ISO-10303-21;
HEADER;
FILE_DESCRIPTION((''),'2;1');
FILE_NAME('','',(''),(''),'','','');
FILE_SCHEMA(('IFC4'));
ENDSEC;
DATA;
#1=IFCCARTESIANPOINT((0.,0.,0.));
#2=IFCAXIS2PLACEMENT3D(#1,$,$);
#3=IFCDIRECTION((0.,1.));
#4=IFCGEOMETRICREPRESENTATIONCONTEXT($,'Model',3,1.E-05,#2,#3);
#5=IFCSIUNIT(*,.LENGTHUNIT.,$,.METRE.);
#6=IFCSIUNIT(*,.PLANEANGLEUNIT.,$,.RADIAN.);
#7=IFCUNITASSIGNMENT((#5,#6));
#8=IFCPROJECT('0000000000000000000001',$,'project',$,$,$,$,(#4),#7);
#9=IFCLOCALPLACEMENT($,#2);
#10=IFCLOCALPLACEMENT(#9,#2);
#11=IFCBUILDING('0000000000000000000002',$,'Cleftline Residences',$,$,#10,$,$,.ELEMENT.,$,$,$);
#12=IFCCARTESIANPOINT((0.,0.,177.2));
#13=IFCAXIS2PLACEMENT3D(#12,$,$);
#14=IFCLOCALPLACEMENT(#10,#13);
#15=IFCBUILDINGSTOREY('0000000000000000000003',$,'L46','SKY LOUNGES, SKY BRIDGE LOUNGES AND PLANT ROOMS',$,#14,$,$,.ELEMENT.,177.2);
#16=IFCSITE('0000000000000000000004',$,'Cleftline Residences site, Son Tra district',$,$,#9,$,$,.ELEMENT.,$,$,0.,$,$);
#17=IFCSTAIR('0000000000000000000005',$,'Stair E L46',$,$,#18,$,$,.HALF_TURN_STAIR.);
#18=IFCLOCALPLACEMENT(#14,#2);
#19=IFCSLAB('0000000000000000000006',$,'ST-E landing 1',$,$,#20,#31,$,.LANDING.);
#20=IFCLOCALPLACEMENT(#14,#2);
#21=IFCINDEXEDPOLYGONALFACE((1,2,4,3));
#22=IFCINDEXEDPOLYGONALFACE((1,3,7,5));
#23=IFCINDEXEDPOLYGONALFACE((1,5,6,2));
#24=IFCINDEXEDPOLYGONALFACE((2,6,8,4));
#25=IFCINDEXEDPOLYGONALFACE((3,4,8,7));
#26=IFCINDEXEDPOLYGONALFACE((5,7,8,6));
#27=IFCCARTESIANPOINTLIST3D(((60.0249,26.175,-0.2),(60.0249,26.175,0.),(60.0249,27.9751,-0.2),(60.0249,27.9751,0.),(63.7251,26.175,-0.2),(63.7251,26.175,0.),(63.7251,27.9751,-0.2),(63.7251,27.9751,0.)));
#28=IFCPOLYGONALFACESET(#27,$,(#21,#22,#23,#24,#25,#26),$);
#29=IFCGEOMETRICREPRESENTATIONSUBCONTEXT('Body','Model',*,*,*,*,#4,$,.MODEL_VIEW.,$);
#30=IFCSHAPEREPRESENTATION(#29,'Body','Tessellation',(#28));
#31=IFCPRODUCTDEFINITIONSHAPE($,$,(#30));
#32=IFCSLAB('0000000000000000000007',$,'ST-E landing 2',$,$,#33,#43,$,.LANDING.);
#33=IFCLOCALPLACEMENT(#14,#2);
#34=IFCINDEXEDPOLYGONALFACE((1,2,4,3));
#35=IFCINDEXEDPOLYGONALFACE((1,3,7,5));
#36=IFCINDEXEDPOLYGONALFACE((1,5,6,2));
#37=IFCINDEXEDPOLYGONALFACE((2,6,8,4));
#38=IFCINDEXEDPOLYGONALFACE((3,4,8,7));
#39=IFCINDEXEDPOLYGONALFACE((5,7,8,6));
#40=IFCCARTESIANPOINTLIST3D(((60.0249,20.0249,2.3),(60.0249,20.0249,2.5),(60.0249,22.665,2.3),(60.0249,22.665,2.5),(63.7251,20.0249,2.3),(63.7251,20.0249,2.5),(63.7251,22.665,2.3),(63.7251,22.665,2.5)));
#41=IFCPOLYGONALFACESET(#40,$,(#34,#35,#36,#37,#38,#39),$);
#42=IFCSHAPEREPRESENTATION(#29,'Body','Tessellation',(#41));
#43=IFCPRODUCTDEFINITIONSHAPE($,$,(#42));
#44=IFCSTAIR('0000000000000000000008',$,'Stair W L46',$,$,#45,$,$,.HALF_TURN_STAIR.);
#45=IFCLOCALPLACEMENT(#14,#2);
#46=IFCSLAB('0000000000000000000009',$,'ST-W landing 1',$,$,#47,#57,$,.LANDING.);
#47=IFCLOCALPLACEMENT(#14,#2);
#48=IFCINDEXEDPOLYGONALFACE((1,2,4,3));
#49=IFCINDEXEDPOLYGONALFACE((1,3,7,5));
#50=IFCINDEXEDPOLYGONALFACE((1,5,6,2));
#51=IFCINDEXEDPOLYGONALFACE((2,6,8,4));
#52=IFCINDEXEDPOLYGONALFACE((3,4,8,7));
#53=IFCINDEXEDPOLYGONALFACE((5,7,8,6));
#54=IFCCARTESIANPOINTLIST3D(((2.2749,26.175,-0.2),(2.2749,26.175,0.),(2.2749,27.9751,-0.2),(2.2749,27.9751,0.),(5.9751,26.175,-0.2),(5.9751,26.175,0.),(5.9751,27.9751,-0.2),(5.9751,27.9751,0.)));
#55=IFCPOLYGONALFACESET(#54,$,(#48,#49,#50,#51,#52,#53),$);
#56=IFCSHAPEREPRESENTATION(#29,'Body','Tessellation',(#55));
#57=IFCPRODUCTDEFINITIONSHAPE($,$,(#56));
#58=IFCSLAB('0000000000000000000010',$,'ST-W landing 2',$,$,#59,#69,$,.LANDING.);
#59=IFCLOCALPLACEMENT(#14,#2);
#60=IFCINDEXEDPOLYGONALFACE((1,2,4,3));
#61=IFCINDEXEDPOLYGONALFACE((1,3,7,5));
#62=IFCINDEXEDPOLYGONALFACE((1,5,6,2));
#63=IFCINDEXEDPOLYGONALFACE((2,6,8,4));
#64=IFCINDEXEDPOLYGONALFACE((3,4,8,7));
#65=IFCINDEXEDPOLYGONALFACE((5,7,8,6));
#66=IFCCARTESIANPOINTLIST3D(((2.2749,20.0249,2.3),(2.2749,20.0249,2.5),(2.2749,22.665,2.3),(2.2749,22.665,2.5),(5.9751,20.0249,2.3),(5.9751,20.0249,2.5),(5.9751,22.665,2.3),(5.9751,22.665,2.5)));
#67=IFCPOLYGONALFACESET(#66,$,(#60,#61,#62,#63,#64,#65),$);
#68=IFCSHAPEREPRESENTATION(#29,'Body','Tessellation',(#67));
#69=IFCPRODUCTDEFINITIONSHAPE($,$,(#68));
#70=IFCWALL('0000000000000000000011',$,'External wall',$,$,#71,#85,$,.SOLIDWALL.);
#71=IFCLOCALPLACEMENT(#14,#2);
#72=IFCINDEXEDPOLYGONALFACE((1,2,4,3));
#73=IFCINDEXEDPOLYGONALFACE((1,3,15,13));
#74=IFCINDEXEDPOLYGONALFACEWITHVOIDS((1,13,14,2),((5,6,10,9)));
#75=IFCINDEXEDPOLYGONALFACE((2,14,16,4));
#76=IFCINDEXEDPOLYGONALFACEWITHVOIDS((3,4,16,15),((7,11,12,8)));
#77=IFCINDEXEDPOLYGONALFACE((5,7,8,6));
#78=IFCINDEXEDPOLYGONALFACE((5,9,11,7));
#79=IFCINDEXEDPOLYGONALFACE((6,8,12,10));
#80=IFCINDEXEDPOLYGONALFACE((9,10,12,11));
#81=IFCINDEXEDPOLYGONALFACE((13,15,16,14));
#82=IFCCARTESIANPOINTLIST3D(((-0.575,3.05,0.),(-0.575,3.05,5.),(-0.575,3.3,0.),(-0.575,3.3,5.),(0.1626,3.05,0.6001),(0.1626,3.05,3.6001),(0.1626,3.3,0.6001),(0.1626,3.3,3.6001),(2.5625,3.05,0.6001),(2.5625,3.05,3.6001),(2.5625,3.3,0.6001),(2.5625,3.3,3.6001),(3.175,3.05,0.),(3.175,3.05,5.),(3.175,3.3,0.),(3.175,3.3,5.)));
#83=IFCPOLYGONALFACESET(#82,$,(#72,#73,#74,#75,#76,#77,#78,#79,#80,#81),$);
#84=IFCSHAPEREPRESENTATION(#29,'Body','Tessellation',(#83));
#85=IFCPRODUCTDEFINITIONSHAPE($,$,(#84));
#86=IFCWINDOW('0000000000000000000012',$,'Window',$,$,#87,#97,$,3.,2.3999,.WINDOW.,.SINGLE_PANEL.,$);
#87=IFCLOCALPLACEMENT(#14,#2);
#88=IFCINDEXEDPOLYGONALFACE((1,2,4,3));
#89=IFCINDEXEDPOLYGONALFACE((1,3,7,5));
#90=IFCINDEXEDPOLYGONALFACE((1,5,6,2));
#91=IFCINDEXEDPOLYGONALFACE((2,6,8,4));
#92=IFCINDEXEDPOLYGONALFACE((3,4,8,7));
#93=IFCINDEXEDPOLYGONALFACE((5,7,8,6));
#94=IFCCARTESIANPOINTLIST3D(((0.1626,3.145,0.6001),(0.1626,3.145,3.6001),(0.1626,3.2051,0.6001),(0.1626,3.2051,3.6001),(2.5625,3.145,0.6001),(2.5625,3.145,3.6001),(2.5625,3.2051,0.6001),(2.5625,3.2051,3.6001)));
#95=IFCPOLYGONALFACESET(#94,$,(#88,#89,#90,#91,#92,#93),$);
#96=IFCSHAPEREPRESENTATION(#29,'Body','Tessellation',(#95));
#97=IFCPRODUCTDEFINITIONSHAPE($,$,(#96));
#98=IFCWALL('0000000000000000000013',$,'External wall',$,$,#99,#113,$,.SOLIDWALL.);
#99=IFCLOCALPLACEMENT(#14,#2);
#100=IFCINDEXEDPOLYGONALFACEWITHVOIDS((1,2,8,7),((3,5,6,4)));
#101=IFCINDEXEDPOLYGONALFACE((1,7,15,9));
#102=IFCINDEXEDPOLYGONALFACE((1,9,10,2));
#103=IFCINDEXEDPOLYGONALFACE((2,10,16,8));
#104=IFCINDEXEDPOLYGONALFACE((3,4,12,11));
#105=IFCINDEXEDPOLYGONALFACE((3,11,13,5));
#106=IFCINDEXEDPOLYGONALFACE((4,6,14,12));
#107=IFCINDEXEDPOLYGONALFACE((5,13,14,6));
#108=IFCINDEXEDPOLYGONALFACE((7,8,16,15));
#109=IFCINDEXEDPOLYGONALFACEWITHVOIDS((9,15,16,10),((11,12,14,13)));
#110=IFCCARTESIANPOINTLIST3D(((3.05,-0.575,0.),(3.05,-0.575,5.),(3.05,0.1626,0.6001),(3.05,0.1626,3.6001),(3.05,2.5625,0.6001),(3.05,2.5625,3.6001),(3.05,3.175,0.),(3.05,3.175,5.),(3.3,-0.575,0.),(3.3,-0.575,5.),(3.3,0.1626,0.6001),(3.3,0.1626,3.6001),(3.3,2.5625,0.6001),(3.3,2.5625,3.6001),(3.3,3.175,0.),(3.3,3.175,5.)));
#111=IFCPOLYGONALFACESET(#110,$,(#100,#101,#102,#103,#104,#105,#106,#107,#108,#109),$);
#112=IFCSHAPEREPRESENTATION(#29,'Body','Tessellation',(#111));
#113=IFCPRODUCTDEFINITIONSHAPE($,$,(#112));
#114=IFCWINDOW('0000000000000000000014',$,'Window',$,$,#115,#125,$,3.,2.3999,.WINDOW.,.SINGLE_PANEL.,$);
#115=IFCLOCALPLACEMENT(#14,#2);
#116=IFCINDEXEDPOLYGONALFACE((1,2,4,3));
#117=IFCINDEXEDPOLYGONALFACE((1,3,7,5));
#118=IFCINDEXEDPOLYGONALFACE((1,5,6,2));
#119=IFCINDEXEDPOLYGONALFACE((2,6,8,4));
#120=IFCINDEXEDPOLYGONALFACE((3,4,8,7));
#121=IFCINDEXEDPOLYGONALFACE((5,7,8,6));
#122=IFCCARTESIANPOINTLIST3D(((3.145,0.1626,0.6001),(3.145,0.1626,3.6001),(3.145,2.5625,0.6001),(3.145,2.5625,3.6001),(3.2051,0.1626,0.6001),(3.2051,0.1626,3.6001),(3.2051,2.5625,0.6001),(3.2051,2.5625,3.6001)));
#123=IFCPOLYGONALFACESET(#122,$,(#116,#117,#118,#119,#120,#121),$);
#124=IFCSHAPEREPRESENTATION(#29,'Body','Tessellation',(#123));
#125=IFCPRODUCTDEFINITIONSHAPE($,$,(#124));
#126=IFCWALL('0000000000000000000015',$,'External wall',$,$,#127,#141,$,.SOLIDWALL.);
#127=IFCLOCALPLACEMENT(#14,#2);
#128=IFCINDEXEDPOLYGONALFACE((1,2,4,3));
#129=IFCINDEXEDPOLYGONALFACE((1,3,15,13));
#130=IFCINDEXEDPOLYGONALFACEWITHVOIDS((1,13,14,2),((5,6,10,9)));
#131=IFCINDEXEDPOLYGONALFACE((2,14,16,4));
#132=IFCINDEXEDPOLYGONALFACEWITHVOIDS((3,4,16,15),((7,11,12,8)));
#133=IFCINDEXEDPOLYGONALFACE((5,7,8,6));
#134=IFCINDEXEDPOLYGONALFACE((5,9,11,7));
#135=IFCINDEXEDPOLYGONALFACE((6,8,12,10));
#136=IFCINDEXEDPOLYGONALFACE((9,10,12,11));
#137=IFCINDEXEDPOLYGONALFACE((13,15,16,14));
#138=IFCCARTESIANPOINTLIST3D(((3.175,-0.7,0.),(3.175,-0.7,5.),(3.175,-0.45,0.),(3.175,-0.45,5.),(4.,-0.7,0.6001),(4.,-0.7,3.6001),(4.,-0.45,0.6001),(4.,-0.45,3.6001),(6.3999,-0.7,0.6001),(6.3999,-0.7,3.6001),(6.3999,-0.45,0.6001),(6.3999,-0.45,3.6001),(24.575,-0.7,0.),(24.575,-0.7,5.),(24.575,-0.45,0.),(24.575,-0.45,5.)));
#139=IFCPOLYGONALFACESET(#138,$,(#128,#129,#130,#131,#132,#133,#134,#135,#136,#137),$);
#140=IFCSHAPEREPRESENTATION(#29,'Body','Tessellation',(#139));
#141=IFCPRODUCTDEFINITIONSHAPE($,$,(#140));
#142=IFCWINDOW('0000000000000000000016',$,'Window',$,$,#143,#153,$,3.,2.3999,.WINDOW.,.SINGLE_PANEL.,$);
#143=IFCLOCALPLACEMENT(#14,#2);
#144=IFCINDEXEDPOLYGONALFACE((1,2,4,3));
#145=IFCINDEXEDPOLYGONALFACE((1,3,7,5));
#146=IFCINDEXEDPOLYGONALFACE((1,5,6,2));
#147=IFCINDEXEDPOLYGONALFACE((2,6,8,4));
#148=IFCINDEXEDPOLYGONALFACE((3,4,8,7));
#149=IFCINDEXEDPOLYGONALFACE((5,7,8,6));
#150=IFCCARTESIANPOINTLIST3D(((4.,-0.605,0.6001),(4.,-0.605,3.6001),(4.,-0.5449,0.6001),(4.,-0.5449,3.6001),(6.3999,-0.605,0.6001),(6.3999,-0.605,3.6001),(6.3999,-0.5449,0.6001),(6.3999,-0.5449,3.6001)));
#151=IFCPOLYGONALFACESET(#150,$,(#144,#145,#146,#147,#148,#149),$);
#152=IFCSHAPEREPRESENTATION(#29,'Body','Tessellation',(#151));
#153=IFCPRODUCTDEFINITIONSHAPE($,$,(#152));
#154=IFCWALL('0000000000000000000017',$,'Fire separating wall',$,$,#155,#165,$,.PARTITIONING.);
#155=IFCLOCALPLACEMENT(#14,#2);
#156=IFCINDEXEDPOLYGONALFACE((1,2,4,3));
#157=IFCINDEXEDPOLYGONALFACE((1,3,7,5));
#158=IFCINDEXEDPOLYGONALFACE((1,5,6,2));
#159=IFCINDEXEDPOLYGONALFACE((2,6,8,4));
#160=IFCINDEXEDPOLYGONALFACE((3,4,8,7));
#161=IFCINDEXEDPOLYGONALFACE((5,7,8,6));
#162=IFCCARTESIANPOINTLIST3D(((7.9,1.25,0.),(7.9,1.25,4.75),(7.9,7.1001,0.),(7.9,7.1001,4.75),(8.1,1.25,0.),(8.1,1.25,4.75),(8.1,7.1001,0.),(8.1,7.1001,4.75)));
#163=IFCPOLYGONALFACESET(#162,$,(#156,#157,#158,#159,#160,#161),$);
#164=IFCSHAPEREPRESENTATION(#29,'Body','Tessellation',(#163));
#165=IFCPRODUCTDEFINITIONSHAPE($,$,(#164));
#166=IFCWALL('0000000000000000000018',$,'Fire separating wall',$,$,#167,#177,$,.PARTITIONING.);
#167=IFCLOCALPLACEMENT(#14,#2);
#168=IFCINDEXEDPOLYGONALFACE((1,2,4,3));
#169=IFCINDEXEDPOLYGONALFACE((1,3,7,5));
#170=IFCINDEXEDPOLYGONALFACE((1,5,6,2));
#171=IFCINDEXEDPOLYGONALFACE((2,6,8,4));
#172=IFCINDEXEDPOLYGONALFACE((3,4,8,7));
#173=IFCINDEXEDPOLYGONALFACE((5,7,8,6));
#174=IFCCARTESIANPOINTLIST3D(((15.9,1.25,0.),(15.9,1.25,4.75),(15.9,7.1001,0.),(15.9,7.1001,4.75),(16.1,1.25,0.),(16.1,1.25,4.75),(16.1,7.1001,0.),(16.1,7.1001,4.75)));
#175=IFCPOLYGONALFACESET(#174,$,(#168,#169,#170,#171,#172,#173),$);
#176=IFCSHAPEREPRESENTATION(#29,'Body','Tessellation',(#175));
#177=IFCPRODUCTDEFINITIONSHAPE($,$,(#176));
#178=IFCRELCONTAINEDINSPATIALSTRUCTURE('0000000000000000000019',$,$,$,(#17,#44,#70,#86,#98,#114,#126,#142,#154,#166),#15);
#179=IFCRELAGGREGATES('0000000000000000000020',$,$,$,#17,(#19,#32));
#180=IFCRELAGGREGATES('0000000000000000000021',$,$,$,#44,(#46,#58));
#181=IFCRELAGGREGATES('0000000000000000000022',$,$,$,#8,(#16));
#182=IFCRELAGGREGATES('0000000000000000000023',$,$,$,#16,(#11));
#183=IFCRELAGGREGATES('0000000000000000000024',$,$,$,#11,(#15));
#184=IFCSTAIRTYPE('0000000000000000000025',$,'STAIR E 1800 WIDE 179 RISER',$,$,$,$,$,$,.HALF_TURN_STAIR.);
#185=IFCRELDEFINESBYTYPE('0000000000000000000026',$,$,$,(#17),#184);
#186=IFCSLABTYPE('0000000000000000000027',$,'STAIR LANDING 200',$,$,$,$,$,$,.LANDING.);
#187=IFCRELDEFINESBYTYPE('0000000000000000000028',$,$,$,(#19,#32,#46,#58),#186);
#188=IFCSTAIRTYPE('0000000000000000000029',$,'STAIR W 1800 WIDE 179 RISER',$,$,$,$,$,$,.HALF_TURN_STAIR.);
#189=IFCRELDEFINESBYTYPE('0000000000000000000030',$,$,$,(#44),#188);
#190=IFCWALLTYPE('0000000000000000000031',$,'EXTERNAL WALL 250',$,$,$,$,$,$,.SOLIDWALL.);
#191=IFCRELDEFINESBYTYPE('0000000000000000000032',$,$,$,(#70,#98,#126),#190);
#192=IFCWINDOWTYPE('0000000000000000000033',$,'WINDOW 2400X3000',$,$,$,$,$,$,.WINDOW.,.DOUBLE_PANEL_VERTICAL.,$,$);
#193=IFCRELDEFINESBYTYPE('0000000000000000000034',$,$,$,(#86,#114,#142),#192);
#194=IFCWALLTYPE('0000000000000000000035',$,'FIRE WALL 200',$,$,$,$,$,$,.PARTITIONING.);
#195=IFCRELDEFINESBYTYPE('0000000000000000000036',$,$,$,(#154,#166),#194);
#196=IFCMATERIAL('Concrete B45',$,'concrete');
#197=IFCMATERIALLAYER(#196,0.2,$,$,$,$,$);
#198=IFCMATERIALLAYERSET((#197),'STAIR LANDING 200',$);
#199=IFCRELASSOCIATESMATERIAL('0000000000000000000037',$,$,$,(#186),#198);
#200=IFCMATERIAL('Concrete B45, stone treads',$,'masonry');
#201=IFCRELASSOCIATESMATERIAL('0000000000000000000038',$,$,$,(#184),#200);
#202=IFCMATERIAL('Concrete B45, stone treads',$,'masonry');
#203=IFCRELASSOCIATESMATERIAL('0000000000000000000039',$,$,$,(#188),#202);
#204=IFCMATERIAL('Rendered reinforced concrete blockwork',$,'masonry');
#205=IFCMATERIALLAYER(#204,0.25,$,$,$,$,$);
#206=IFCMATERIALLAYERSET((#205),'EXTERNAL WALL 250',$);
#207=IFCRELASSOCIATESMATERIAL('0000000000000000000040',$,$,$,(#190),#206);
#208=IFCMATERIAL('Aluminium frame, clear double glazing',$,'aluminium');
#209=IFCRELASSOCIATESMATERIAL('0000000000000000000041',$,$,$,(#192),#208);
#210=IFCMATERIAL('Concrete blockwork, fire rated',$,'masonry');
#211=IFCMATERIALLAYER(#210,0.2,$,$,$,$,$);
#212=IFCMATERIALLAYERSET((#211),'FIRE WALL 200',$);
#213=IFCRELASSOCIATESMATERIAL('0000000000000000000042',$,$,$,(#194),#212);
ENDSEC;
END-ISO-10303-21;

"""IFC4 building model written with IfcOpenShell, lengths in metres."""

from ifc_helpers import new_model, si_unit, direction, frame, frame_2d, origin, place, context, subcontext, project, spatial, polyline, rectangle, outline, extrude, material, layer, layer_set, type_object, element, fill, aggregate, save


model = new_model("IFC4")

# Units and contexts
model_context = context("Model", 3, precision=1e-05, world=origin(), true_north=direction((0.0, 1.0)))
body_context = subcontext(model_context, "Body", "Model", "MODEL_VIEW")
ifc_project = project(units=[si_unit("LENGTHUNIT", "METRE"), si_unit("PLANEANGLEUNIT", "RADIAN")], contexts=[model_context])

# Site, building, storey
site_placement = place(None, origin())
site = spatial("IfcSite", under=ifc_project, at=site_placement, Name="Cleftline Residences site, Son Tra district", CompositionType="ELEMENT", RefElevation=0.0)
building_placement = place(site_placement, origin())
building = spatial("IfcBuilding", under=site, at=building_placement, Name="Cleftline Residences", CompositionType="ELEMENT")
storey_placement = place(building_placement, frame((0.0, 0.0, 177.2)))
storey = spatial("IfcBuildingStorey", under=building, at=storey_placement, Name="L46", Description="SKY LOUNGES, SKY BRIDGE LOUNGES AND PLANT ROOMS", CompositionType="ELEMENT", Elevation=177.2)

# Stairs, slabs
ifc_material_1 = material(Name="Concrete B45", Category="concrete")
ifc_layer_1 = layer(ifc_material_1, 0.2)
ifc_layer_set_1 = layer_set([ifc_layer_1], Name="STAIR LANDING 200")
slab_type_1 = type_object("IfcSlabType", Name="STAIR LANDING 200", PredefinedType="LANDING", material=ifc_layer_set_1)
ifc_material_2 = material(Name="Concrete B45, stone treads", Category="masonry")
stair_type_1 = type_object("IfcStairType", Name="STAIR E 1800 WIDE 179 RISER", PredefinedType="HALF_TURN_STAIR", material=ifc_material_2)
stair_1_placement = place(storey_placement, origin())
stair_1 = element("IfcStair", 1, at=stair_1_placement, inside=storey, type_object=stair_type_1, Name="Stair E L46", PredefinedType="HALF_TURN_STAIR")
slab_1_placement = place(storey_placement, frame((0.0, 0.0, -0.2)))
slab_1 = element("IfcSlab", 2, at=slab_1_placement, type_object=slab_type_1, Name="ST-E landing 1", PredefinedType="LANDING", context=body_context, shape_type="SweptSolid", body=[
    extrude(outline(polyline([(60.0249, 26.175), (63.7251, 26.175), (63.7251, 27.9751), (60.0249, 27.9751), (60.0249, 26.175)])), origin(), (0.0, 0.0, 1.0), 0.2),
])
slab_2_placement = place(storey_placement, frame((0.0, 0.0, 2.3)))
slab_2 = element("IfcSlab", 3, at=slab_2_placement, type_object=slab_type_1, Name="ST-E landing 2", PredefinedType="LANDING", context=body_context, shape_type="SweptSolid", body=[
    extrude(outline(polyline([(60.0249, 20.0249), (63.7251, 20.0249), (63.7251, 22.665), (60.0249, 22.665), (60.0249, 20.0249)])), origin(), (0.0, 0.0, 1.0), 0.2),
])
aggregate(stair_1, [slab_1, slab_2])
ifc_material_3 = material(Name="Concrete B45, stone treads", Category="masonry")
stair_type_2 = type_object("IfcStairType", Name="STAIR W 1800 WIDE 179 RISER", PredefinedType="HALF_TURN_STAIR", material=ifc_material_3)
stair_2_placement = place(storey_placement, origin())
stair_2 = element("IfcStair", 4, at=stair_2_placement, inside=storey, type_object=stair_type_2, Name="Stair W L46", PredefinedType="HALF_TURN_STAIR")
slab_3_placement = place(storey_placement, frame((0.0, 0.0, -0.2)))
slab_3 = element("IfcSlab", 5, at=slab_3_placement, type_object=slab_type_1, Name="ST-W landing 1", PredefinedType="LANDING", context=body_context, shape_type="SweptSolid", body=[
    extrude(outline(polyline([(2.2749, 26.175), (5.9751, 26.175), (5.9751, 27.9751), (2.2749, 27.9751), (2.2749, 26.175)])), origin(), (0.0, 0.0, 1.0), 0.2),
])
slab_4_placement = place(storey_placement, frame((0.0, 0.0, 2.3)))
slab_4 = element("IfcSlab", 6, at=slab_4_placement, type_object=slab_type_1, Name="ST-W landing 2", PredefinedType="LANDING", context=body_context, shape_type="SweptSolid", body=[
    extrude(outline(polyline([(2.2749, 20.0249), (5.9751, 20.0249), (5.9751, 22.665), (2.2749, 22.665), (2.2749, 20.0249)])), origin(), (0.0, 0.0, 1.0), 0.2),
])
aggregate(stair_2, [slab_3, slab_4])

# Walls, openings, windows
ifc_material_4 = material(Name="Rendered reinforced concrete blockwork", Category="masonry")
ifc_layer_2 = layer(ifc_material_4, 0.25)
ifc_layer_set_2 = layer_set([ifc_layer_2], Name="EXTERNAL WALL 250")
wall_type_1 = type_object("IfcWallType", Name="EXTERNAL WALL 250", PredefinedType="SOLIDWALL", material=ifc_layer_set_2)
wall_1_placement = place(storey_placement, frame((-0.575, 3.175, 0.0), z_axis=(0.0, 0.0, 1.0), x_axis=(1.0, 0.0, 0.0)))
wall_1 = element("IfcWall", 7, at=wall_1_placement, inside=storey, type_object=wall_type_1, Name="External wall", PredefinedType="SOLIDWALL", context=body_context, shape_type="SweptSolid", body=[
    extrude(rectangle(XDim=3.75, YDim=0.25, at=frame_2d((1.875, 0.0))), origin(), (0.0, 0.0, 1.0), 5.0),
])
opening_1_placement = place(wall_1_placement, frame((0.7375, 0.0, 0.6001)))
opening_1 = element("IfcOpeningElement", 8, at=opening_1_placement, cuts=wall_1, PredefinedType="OPENING", context=body_context, shape_type="SweptSolid", body=[
    extrude(rectangle(XDim=2.3999, YDim=3.0, at=frame_2d((1.2, 1.5))), frame((0.0, 0.135, 0.0), z_axis=(0.0, -1.0, 0.0), x_axis=(1.0, 0.0, 0.0)), (0.0, 0.0, 1.0), 0.27),
])
ifc_material_5 = material(Name="Aluminium frame, clear double glazing", Category="aluminium")
window_type = type_object("IfcWindowType", Name="WINDOW 2400X3000", PartitioningType="DOUBLE_PANEL_VERTICAL", PredefinedType="WINDOW", material=ifc_material_5)
window_1_placement = place(opening_1_placement, origin())
window_1 = element("IfcWindow", 9, at=window_1_placement, inside=storey, type_object=window_type, Name="Window", OverallHeight=3.0, OverallWidth=2.3999, PartitioningType="SINGLE_PANEL", PredefinedType="WINDOW", context=body_context, shape_type="SweptSolid", body=[
    extrude(rectangle(XDim=2.3999, YDim=3.0, at=frame_2d((1.2, 1.5))), frame((0.0, 0.03, 0.0), z_axis=(0.0, -1.0, 0.0), x_axis=(1.0, 0.0, 0.0)), (0.0, 0.0, 1.0), 0.0601),
])
fill(opening_1, window_1)
wall_2_placement = place(storey_placement, frame((3.175, 3.175, 0.0), z_axis=(0.0, 0.0, 1.0), x_axis=(0.0, -1.0, 0.0)))
wall_2 = element("IfcWall", 10, at=wall_2_placement, inside=storey, type_object=wall_type_1, Name="External wall", PredefinedType="SOLIDWALL", context=body_context, shape_type="SweptSolid", body=[
    extrude(rectangle(XDim=3.75, YDim=0.25, at=frame_2d((1.875, 0.0))), origin(), (0.0, 0.0, 1.0), 5.0),
])
opening_2_placement = place(wall_2_placement, frame((0.6125, 0.0, 0.6001)))
opening_2 = element("IfcOpeningElement", 11, at=opening_2_placement, cuts=wall_2, PredefinedType="OPENING", context=body_context, shape_type="SweptSolid", body=[
    extrude(rectangle(XDim=2.3999, YDim=3.0, at=frame_2d((1.2, 1.5))), frame((0.0, 0.135, 0.0), z_axis=(0.0, -1.0, 0.0), x_axis=(1.0, 0.0, 0.0)), (0.0, 0.0, 1.0), 0.27),
])
window_2_placement = place(opening_2_placement, origin())
window_2 = element("IfcWindow", 12, at=window_2_placement, inside=storey, type_object=window_type, Name="Window", OverallHeight=3.0, OverallWidth=2.3999, PartitioningType="SINGLE_PANEL", PredefinedType="WINDOW", context=body_context, shape_type="SweptSolid", body=[
    extrude(rectangle(XDim=2.3999, YDim=3.0, at=frame_2d((1.2, 1.5))), frame((0.0, 0.03, 0.0), z_axis=(0.0, -1.0, 0.0), x_axis=(1.0, 0.0, 0.0)), (0.0, 0.0, 1.0), 0.0601),
])
fill(opening_2, window_2)
wall_3_placement = place(storey_placement, frame((3.175, -0.575, 0.0), z_axis=(0.0, 0.0, 1.0), x_axis=(1.0, 0.0, 0.0)))
wall_3 = element("IfcWall", 13, at=wall_3_placement, inside=storey, type_object=wall_type_1, Name="External wall", PredefinedType="SOLIDWALL", context=body_context, shape_type="SweptSolid", body=[
    extrude(rectangle(XDim=21.3999, YDim=0.25, at=frame_2d((10.7, 0.0))), origin(), (0.0, 0.0, 1.0), 5.0),
])
opening_3_placement = place(wall_3_placement, frame((0.825, 0.0, 0.6001)))
opening_3 = element("IfcOpeningElement", 14, at=opening_3_placement, cuts=wall_3, PredefinedType="OPENING", context=body_context, shape_type="SweptSolid", body=[
    extrude(rectangle(XDim=2.3999, YDim=3.0, at=frame_2d((1.2, 1.5))), frame((0.0, 0.135, 0.0), z_axis=(0.0, -1.0, 0.0), x_axis=(1.0, 0.0, 0.0)), (0.0, 0.0, 1.0), 0.27),
])
window_3_placement = place(opening_3_placement, origin())
window_3 = element("IfcWindow", 15, at=window_3_placement, inside=storey, type_object=window_type, Name="Window", OverallHeight=3.0, OverallWidth=2.3999, PartitioningType="SINGLE_PANEL", PredefinedType="WINDOW", context=body_context, shape_type="SweptSolid", body=[
    extrude(rectangle(XDim=2.3999, YDim=3.0, at=frame_2d((1.2, 1.5))), frame((0.0, 0.03, 0.0), z_axis=(0.0, -1.0, 0.0), x_axis=(1.0, 0.0, 0.0)), (0.0, 0.0, 1.0), 0.0601),
])
fill(opening_3, window_3)

# Walls
ifc_material_6 = material(Name="Concrete blockwork, fire rated", Category="masonry")
ifc_layer_3 = layer(ifc_material_6, 0.2)
ifc_layer_set_3 = layer_set([ifc_layer_3], Name="FIRE WALL 200")
wall_type_2 = type_object("IfcWallType", Name="FIRE WALL 200", PredefinedType="PARTITIONING", material=ifc_layer_set_3)
for number, where, z_axis, x_axis, name in (
    (16, (8.0, 1.25, 0.0), (0.0, 0.0, 1.0), (0.0, 1.0, 0.0), "Fire separating wall"),
    (17, (16.0, 1.25, 0.0), (0.0, 0.0, 1.0), (0.0, 1.0, 0.0), "Fire separating wall"),
):
    element("IfcWall", number, at=place(storey_placement, frame(where, z_axis=z_axis, x_axis=x_axis)), inside=storey, type_object=wall_type_2, Name=name, PredefinedType="PARTITIONING", context=body_context, shape_type="SweptSolid", body=[
        extrude(rectangle(XDim=5.8501, YDim=0.2, at=frame_2d((2.925, 0.0))), origin(), (0.0, 0.0, 1.0), 4.75),
    ])

save(model, "model.ifc")
